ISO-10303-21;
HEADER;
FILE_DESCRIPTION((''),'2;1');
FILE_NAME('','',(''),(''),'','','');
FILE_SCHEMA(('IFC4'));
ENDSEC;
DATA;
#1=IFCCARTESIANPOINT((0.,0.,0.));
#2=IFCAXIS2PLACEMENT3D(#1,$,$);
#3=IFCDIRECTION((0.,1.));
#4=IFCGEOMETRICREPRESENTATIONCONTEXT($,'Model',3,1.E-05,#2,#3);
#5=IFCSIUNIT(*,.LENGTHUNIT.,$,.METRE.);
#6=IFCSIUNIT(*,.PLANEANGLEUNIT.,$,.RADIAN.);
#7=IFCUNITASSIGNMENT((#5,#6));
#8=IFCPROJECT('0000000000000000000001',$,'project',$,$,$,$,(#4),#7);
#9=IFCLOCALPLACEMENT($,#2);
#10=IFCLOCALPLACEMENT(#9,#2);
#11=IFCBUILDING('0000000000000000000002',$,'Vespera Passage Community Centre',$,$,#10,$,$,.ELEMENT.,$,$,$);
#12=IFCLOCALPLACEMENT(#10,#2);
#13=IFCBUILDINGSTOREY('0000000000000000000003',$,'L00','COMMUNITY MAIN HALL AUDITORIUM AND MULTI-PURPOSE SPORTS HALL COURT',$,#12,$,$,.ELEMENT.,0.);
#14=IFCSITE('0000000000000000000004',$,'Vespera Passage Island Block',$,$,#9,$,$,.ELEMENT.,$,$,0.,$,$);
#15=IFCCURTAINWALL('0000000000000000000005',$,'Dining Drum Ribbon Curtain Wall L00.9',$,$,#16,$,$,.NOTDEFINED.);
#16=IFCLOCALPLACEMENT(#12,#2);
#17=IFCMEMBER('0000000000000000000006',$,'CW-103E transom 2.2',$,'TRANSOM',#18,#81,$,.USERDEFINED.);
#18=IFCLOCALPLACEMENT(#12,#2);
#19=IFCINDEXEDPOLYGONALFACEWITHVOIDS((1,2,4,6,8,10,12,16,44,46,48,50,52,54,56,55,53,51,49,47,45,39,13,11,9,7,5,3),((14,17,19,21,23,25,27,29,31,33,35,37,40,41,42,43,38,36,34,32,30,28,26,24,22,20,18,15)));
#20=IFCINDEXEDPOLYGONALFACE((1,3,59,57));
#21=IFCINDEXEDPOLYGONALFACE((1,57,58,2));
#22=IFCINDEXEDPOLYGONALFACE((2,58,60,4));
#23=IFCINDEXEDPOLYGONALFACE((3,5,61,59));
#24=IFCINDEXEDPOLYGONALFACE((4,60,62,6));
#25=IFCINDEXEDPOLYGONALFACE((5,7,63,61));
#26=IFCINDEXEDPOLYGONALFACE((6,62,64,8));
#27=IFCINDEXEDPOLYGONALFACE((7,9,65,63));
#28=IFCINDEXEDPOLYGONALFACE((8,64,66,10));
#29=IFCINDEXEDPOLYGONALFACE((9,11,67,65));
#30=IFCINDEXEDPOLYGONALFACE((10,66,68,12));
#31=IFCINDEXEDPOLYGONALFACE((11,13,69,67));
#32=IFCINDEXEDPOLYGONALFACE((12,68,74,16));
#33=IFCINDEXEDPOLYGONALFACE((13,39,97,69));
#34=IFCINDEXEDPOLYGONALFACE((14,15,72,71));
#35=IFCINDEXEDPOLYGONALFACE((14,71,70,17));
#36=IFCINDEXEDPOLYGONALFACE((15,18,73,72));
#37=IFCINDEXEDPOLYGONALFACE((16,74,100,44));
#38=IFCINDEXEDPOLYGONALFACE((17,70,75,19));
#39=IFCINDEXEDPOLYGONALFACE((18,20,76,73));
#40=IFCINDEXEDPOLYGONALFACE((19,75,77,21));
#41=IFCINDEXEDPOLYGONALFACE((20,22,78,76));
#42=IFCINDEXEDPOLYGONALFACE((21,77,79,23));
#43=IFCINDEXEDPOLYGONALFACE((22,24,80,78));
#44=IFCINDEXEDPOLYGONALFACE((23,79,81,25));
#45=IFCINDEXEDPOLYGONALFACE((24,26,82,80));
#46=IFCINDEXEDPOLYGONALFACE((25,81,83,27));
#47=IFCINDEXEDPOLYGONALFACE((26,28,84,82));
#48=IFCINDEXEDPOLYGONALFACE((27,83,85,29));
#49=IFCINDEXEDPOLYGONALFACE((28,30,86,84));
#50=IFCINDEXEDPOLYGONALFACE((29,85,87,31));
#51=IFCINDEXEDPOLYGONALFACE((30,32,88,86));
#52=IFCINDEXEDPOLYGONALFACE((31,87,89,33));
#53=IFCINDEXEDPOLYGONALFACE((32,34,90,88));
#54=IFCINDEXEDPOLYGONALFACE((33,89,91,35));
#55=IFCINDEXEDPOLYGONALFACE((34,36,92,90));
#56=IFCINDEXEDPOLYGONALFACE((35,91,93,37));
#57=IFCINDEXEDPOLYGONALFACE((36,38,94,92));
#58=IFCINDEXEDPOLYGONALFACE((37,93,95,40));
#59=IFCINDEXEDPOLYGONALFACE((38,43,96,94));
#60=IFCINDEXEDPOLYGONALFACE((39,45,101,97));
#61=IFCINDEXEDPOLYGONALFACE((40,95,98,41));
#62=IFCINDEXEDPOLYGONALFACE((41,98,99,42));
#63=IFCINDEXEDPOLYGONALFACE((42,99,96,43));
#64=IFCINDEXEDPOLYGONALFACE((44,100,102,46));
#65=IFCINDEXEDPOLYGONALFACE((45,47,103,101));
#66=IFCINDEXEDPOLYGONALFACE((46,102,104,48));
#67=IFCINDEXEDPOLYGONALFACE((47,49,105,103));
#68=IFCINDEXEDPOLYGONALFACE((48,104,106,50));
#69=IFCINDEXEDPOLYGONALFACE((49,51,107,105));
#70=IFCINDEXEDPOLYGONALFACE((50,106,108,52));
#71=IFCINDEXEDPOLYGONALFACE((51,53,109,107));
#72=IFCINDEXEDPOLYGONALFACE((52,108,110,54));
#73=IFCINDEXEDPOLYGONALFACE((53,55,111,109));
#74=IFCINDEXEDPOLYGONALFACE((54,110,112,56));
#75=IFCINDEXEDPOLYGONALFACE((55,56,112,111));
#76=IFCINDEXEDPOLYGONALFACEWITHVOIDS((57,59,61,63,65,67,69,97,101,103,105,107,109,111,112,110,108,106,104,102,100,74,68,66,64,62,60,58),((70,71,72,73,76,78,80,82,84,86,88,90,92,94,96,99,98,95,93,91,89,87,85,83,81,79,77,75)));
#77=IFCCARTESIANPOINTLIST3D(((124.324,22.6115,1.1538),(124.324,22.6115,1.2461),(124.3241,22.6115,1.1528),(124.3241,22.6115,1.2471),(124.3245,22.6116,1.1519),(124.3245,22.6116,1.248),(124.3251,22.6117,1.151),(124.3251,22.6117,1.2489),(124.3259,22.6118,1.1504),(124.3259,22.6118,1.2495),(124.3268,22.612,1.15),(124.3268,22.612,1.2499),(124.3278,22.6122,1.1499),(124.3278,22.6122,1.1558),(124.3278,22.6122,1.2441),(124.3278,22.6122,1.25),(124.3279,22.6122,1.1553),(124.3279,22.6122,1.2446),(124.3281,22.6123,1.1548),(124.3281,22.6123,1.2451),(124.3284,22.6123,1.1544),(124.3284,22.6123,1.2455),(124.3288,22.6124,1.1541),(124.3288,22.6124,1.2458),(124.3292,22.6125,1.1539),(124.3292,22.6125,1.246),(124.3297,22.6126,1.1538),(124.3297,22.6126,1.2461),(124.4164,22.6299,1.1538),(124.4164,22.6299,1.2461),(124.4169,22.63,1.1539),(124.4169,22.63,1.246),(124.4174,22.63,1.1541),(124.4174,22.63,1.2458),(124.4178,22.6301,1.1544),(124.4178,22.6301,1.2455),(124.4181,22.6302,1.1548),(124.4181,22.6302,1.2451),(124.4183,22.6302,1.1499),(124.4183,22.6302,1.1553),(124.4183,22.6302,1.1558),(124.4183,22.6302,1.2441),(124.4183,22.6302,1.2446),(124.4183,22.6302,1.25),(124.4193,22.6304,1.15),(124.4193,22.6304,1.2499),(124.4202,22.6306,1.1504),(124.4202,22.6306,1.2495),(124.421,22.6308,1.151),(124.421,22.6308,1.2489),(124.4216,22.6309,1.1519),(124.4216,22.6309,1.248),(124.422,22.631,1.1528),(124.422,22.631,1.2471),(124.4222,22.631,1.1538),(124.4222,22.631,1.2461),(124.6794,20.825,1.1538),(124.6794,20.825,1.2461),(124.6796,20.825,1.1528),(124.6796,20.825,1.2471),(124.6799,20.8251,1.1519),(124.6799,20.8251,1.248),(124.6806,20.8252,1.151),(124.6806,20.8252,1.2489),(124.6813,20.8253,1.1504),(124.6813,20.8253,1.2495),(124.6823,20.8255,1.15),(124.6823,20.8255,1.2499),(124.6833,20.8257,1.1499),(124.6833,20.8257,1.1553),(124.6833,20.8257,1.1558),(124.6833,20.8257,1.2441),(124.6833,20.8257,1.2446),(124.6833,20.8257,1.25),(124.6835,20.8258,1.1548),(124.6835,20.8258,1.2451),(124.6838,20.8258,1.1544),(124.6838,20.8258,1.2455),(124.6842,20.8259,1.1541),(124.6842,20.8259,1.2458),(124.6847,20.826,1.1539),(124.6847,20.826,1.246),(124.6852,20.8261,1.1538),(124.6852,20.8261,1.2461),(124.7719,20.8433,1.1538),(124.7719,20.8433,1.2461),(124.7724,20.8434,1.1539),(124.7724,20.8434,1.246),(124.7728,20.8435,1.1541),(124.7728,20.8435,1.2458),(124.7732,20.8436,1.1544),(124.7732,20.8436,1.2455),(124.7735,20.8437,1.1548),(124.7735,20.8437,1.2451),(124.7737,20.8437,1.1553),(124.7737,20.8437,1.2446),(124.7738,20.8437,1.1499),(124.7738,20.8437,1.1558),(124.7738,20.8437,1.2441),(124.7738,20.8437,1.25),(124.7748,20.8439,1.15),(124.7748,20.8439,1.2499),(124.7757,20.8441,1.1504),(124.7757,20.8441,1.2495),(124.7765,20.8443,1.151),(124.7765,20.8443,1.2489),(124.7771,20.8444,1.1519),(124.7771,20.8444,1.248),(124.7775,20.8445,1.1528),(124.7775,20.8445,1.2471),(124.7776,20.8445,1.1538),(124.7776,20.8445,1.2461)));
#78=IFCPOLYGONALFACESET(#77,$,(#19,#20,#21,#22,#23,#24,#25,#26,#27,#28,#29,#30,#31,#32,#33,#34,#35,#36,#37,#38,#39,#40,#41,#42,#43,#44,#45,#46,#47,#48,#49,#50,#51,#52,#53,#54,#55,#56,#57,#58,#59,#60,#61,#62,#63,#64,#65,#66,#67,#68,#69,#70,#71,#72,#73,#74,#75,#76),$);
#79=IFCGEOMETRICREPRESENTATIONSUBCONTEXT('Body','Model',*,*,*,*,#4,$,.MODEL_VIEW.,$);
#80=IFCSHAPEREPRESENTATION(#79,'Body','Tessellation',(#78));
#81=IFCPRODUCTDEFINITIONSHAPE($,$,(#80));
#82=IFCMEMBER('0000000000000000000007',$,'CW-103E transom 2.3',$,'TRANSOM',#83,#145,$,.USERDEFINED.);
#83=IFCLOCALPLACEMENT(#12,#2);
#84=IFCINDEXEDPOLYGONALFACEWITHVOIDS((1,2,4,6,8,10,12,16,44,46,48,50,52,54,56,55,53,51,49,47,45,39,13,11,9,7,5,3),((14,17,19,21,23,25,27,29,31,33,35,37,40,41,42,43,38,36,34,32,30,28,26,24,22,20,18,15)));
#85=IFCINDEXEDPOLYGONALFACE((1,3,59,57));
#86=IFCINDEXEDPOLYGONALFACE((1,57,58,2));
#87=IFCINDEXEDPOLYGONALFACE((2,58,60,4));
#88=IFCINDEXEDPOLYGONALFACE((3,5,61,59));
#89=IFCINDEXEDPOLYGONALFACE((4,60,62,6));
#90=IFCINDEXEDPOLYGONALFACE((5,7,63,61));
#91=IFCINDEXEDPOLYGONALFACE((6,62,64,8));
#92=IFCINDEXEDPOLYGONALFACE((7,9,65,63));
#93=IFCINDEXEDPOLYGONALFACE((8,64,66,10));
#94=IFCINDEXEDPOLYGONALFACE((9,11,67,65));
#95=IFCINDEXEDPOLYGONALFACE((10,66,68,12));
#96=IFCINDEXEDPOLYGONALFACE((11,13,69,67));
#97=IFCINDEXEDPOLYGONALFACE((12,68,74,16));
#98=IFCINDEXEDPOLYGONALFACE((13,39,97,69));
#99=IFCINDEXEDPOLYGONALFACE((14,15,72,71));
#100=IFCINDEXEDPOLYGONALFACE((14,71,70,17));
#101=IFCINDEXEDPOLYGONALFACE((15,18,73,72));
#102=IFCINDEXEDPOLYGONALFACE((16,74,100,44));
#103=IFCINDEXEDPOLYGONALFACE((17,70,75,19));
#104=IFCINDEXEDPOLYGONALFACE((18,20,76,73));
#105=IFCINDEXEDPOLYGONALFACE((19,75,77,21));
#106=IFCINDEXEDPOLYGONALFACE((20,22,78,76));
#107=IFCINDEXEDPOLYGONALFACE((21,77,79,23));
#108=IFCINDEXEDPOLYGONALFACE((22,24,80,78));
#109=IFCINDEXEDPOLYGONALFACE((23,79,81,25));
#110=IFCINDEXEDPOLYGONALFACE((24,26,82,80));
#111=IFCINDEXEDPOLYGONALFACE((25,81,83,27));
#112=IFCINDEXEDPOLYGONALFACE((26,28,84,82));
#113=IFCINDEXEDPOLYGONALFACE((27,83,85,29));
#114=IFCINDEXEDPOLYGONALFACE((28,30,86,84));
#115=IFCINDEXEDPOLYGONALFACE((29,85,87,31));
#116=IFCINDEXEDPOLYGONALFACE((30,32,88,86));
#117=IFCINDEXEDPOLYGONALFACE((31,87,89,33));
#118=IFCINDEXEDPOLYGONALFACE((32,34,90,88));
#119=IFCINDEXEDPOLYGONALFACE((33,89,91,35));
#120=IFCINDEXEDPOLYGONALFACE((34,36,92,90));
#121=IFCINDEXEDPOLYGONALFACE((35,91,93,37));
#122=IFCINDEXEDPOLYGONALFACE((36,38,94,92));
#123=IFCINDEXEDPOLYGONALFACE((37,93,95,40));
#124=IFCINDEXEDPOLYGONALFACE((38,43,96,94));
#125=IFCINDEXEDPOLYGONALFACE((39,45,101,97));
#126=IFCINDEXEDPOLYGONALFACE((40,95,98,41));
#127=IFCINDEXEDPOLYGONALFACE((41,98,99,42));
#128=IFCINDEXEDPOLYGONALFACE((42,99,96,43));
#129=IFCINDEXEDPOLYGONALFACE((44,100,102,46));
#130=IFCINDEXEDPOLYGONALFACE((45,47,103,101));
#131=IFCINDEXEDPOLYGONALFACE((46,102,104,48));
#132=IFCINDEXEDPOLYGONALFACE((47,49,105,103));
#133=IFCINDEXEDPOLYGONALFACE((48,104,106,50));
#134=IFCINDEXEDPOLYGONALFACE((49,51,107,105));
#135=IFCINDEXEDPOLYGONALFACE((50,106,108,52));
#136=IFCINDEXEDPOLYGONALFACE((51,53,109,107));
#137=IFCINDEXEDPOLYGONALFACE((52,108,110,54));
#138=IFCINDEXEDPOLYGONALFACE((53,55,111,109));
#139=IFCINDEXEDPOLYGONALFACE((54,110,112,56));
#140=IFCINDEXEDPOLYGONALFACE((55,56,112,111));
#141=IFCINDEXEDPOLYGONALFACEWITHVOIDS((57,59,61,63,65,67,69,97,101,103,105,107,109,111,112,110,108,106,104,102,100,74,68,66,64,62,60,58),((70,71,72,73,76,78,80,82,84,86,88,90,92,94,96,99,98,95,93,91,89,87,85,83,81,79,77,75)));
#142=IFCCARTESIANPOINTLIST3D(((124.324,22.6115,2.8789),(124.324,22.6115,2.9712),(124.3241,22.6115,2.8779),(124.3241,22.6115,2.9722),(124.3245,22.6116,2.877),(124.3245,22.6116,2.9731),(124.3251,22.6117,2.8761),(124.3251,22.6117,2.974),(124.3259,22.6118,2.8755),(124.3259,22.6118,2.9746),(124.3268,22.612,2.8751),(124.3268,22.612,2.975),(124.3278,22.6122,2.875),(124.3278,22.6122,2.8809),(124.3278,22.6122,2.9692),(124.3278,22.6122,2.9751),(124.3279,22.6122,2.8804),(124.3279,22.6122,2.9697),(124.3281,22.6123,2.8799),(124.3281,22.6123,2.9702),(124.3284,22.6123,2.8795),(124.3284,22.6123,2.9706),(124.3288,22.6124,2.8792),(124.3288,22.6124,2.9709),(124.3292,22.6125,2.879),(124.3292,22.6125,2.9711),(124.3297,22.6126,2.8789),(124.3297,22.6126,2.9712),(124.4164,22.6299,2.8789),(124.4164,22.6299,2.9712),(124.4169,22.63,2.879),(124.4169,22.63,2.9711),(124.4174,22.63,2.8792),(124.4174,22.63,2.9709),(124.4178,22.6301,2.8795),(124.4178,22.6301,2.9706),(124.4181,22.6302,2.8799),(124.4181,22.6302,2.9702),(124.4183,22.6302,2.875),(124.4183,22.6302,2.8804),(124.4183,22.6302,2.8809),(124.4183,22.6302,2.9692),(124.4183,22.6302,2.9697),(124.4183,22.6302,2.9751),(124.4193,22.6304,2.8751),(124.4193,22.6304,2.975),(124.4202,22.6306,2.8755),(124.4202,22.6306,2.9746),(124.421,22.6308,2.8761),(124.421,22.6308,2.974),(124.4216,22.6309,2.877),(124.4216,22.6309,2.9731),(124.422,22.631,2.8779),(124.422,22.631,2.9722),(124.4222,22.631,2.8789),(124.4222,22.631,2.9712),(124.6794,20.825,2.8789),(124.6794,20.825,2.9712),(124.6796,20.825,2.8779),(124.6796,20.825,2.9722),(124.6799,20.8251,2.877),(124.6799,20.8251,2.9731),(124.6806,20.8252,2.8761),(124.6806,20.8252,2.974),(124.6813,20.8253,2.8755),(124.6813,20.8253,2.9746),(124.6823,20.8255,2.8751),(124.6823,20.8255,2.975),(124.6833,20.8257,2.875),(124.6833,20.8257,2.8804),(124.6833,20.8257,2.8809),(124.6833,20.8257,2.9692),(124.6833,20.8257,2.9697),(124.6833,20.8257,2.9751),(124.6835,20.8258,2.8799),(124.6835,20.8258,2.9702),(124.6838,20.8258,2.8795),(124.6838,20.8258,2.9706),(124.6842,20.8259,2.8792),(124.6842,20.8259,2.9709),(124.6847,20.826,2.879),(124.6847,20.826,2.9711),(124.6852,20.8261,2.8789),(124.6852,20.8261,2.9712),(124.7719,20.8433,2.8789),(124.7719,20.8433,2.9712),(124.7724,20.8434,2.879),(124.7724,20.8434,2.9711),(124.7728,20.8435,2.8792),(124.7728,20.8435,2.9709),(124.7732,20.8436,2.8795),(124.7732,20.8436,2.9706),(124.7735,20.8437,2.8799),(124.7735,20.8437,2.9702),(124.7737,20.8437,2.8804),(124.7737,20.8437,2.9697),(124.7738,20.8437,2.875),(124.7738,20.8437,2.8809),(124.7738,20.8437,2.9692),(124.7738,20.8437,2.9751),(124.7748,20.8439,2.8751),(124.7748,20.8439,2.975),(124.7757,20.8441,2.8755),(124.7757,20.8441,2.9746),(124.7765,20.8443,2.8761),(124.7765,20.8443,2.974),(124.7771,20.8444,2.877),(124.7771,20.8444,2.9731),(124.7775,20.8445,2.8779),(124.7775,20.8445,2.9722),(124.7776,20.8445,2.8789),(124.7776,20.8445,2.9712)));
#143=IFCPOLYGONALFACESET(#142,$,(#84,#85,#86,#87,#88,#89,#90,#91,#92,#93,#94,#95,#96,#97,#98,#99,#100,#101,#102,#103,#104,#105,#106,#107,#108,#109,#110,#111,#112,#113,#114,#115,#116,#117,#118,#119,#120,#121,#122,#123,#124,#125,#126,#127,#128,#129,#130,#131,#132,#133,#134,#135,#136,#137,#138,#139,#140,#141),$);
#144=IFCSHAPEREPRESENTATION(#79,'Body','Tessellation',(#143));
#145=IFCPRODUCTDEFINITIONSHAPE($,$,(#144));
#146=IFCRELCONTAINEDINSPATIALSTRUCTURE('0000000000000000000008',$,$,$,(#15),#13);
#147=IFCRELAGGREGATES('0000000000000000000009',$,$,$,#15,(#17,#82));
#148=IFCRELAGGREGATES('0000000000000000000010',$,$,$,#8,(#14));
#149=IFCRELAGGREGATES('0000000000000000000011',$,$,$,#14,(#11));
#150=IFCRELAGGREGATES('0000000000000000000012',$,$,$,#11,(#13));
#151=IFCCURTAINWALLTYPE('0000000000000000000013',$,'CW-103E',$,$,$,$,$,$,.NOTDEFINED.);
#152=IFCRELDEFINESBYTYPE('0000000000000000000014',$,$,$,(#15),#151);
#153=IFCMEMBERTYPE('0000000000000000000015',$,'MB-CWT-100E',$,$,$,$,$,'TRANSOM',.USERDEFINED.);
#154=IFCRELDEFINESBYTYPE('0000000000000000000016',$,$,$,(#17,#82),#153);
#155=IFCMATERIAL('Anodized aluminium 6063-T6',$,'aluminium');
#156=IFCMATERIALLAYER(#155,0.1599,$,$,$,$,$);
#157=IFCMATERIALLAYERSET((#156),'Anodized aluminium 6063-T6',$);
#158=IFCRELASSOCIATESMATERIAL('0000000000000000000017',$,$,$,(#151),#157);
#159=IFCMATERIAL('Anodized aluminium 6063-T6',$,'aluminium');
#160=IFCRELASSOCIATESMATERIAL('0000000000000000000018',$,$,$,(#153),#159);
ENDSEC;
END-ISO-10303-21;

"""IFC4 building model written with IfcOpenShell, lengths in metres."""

from ifc_helpers import new_model, si_unit, direction, frame, origin, origin_2d, place, context, subcontext, project, spatial, hollow_rectangle, extrude, material, layer, layer_set, material_profile, profile_set, type_object, element, aggregate, save


model = new_model("IFC4")

# Units and contexts
model_context = context("Model", 3, precision=1e-05, world=origin(), true_north=direction((0.0, 1.0)))
body_context = subcontext(model_context, "Body", "Model", "MODEL_VIEW")
ifc_project = project(units=[si_unit("LENGTHUNIT", "METRE"), si_unit("PLANEANGLEUNIT", "RADIAN")], contexts=[model_context])

# Site, building, storey
site_placement = place(None, origin())
site = spatial("IfcSite", under=ifc_project, at=site_placement, Name="Vespera Passage Island Block", CompositionType="ELEMENT", RefElevation=0.0)
building_placement = place(site_placement, origin())
building = spatial("IfcBuilding", under=site, at=building_placement, Name="Vespera Passage Community Centre", CompositionType="ELEMENT")
storey_placement = place(building_placement, origin())
storey = spatial("IfcBuildingStorey", under=building, at=storey_placement, Name="L00", Description="COMMUNITY MAIN HALL AUDITORIUM AND MULTI-PURPOSE SPORTS HALL COURT", CompositionType="ELEMENT", Elevation=0.0)

# Curtain wall
ifc_material_1 = material(Name="Anodized aluminium 6063-T6", Category="aluminium")
ifc_layer_1 = layer(ifc_material_1, 0.1599)
ifc_layer_set_1 = layer_set([ifc_layer_1], Name="Anodized aluminium 6063-T6")
curtain_wall_type_1 = type_object("IfcCurtainWallType", Name="CW-103E", PredefinedType="NOTDEFINED", material=ifc_layer_set_1)
curtain_wall_1_placement = place(storey_placement, origin())
curtain_wall_1 = element("IfcCurtainWall", 1, at=curtain_wall_1_placement, inside=storey, type_object=curtain_wall_type_1, Name="Dining Drum Ribbon Curtain Wall L00.9", PredefinedType="NOTDEFINED")

# Members
ifc_material_2 = material(Name="Anodized aluminium 6063-T6", Category="aluminium")
ifc_material_profile_1 = material_profile(ifc_material_2, hollow_rectangle(XDim=0.1001, YDim=0.1001, WallThickness=0.0039, InnerFilletRadius=0.002, OuterFilletRadius=0.0039, at=origin_2d()), Name="ALU100X100X4")
ifc_profile_set_1 = profile_set([ifc_material_profile_1], Name="Anodized aluminium 6063-T6")
member_type_1 = type_object("IfcMemberType", Name="MB-CWT-100E", ElementType="TRANSOM", PredefinedType="USERDEFINED", material=ifc_profile_set_1)
member_1_placement = place(storey_placement, frame((124.7285, 20.8347, 1.2), z_axis=(-0.195137, 0.980776, 0.0), x_axis=(-0.980776, -0.195137, 0.0)))
member_1 = element("IfcMember", 2, at=member_1_placement, type_object=member_type_1, Name="CW-103E transom 2.2", ObjectType="TRANSOM", PredefinedType="USERDEFINED", context=body_context, shape_type="SweptSolid", body=[
    extrude(hollow_rectangle(XDim=0.1001, YDim=0.1001, WallThickness=0.0039, InnerFilletRadius=0.002, OuterFilletRadius=0.0039, at=origin_2d()), origin(), (0.0, 0.0, 1.0), 1.8215),
])
member_2_placement = place(storey_placement, frame((124.7285, 20.8347, 2.925), z_axis=(-0.195137, 0.980776, 0.0), x_axis=(-0.980776, -0.195137, 0.0)))
member_2 = element("IfcMember", 3, at=member_2_placement, type_object=member_type_1, Name="CW-103E transom 2.3", ObjectType="TRANSOM", PredefinedType="USERDEFINED", context=body_context, shape_type="SweptSolid", body=[
    extrude(hollow_rectangle(XDim=0.1001, YDim=0.1001, WallThickness=0.0039, InnerFilletRadius=0.002, OuterFilletRadius=0.0039, at=origin_2d()), origin(), (0.0, 0.0, 1.0), 1.8215),
])

aggregate(curtain_wall_1, [member_1, member_2])

save(model, "model.ifc")
